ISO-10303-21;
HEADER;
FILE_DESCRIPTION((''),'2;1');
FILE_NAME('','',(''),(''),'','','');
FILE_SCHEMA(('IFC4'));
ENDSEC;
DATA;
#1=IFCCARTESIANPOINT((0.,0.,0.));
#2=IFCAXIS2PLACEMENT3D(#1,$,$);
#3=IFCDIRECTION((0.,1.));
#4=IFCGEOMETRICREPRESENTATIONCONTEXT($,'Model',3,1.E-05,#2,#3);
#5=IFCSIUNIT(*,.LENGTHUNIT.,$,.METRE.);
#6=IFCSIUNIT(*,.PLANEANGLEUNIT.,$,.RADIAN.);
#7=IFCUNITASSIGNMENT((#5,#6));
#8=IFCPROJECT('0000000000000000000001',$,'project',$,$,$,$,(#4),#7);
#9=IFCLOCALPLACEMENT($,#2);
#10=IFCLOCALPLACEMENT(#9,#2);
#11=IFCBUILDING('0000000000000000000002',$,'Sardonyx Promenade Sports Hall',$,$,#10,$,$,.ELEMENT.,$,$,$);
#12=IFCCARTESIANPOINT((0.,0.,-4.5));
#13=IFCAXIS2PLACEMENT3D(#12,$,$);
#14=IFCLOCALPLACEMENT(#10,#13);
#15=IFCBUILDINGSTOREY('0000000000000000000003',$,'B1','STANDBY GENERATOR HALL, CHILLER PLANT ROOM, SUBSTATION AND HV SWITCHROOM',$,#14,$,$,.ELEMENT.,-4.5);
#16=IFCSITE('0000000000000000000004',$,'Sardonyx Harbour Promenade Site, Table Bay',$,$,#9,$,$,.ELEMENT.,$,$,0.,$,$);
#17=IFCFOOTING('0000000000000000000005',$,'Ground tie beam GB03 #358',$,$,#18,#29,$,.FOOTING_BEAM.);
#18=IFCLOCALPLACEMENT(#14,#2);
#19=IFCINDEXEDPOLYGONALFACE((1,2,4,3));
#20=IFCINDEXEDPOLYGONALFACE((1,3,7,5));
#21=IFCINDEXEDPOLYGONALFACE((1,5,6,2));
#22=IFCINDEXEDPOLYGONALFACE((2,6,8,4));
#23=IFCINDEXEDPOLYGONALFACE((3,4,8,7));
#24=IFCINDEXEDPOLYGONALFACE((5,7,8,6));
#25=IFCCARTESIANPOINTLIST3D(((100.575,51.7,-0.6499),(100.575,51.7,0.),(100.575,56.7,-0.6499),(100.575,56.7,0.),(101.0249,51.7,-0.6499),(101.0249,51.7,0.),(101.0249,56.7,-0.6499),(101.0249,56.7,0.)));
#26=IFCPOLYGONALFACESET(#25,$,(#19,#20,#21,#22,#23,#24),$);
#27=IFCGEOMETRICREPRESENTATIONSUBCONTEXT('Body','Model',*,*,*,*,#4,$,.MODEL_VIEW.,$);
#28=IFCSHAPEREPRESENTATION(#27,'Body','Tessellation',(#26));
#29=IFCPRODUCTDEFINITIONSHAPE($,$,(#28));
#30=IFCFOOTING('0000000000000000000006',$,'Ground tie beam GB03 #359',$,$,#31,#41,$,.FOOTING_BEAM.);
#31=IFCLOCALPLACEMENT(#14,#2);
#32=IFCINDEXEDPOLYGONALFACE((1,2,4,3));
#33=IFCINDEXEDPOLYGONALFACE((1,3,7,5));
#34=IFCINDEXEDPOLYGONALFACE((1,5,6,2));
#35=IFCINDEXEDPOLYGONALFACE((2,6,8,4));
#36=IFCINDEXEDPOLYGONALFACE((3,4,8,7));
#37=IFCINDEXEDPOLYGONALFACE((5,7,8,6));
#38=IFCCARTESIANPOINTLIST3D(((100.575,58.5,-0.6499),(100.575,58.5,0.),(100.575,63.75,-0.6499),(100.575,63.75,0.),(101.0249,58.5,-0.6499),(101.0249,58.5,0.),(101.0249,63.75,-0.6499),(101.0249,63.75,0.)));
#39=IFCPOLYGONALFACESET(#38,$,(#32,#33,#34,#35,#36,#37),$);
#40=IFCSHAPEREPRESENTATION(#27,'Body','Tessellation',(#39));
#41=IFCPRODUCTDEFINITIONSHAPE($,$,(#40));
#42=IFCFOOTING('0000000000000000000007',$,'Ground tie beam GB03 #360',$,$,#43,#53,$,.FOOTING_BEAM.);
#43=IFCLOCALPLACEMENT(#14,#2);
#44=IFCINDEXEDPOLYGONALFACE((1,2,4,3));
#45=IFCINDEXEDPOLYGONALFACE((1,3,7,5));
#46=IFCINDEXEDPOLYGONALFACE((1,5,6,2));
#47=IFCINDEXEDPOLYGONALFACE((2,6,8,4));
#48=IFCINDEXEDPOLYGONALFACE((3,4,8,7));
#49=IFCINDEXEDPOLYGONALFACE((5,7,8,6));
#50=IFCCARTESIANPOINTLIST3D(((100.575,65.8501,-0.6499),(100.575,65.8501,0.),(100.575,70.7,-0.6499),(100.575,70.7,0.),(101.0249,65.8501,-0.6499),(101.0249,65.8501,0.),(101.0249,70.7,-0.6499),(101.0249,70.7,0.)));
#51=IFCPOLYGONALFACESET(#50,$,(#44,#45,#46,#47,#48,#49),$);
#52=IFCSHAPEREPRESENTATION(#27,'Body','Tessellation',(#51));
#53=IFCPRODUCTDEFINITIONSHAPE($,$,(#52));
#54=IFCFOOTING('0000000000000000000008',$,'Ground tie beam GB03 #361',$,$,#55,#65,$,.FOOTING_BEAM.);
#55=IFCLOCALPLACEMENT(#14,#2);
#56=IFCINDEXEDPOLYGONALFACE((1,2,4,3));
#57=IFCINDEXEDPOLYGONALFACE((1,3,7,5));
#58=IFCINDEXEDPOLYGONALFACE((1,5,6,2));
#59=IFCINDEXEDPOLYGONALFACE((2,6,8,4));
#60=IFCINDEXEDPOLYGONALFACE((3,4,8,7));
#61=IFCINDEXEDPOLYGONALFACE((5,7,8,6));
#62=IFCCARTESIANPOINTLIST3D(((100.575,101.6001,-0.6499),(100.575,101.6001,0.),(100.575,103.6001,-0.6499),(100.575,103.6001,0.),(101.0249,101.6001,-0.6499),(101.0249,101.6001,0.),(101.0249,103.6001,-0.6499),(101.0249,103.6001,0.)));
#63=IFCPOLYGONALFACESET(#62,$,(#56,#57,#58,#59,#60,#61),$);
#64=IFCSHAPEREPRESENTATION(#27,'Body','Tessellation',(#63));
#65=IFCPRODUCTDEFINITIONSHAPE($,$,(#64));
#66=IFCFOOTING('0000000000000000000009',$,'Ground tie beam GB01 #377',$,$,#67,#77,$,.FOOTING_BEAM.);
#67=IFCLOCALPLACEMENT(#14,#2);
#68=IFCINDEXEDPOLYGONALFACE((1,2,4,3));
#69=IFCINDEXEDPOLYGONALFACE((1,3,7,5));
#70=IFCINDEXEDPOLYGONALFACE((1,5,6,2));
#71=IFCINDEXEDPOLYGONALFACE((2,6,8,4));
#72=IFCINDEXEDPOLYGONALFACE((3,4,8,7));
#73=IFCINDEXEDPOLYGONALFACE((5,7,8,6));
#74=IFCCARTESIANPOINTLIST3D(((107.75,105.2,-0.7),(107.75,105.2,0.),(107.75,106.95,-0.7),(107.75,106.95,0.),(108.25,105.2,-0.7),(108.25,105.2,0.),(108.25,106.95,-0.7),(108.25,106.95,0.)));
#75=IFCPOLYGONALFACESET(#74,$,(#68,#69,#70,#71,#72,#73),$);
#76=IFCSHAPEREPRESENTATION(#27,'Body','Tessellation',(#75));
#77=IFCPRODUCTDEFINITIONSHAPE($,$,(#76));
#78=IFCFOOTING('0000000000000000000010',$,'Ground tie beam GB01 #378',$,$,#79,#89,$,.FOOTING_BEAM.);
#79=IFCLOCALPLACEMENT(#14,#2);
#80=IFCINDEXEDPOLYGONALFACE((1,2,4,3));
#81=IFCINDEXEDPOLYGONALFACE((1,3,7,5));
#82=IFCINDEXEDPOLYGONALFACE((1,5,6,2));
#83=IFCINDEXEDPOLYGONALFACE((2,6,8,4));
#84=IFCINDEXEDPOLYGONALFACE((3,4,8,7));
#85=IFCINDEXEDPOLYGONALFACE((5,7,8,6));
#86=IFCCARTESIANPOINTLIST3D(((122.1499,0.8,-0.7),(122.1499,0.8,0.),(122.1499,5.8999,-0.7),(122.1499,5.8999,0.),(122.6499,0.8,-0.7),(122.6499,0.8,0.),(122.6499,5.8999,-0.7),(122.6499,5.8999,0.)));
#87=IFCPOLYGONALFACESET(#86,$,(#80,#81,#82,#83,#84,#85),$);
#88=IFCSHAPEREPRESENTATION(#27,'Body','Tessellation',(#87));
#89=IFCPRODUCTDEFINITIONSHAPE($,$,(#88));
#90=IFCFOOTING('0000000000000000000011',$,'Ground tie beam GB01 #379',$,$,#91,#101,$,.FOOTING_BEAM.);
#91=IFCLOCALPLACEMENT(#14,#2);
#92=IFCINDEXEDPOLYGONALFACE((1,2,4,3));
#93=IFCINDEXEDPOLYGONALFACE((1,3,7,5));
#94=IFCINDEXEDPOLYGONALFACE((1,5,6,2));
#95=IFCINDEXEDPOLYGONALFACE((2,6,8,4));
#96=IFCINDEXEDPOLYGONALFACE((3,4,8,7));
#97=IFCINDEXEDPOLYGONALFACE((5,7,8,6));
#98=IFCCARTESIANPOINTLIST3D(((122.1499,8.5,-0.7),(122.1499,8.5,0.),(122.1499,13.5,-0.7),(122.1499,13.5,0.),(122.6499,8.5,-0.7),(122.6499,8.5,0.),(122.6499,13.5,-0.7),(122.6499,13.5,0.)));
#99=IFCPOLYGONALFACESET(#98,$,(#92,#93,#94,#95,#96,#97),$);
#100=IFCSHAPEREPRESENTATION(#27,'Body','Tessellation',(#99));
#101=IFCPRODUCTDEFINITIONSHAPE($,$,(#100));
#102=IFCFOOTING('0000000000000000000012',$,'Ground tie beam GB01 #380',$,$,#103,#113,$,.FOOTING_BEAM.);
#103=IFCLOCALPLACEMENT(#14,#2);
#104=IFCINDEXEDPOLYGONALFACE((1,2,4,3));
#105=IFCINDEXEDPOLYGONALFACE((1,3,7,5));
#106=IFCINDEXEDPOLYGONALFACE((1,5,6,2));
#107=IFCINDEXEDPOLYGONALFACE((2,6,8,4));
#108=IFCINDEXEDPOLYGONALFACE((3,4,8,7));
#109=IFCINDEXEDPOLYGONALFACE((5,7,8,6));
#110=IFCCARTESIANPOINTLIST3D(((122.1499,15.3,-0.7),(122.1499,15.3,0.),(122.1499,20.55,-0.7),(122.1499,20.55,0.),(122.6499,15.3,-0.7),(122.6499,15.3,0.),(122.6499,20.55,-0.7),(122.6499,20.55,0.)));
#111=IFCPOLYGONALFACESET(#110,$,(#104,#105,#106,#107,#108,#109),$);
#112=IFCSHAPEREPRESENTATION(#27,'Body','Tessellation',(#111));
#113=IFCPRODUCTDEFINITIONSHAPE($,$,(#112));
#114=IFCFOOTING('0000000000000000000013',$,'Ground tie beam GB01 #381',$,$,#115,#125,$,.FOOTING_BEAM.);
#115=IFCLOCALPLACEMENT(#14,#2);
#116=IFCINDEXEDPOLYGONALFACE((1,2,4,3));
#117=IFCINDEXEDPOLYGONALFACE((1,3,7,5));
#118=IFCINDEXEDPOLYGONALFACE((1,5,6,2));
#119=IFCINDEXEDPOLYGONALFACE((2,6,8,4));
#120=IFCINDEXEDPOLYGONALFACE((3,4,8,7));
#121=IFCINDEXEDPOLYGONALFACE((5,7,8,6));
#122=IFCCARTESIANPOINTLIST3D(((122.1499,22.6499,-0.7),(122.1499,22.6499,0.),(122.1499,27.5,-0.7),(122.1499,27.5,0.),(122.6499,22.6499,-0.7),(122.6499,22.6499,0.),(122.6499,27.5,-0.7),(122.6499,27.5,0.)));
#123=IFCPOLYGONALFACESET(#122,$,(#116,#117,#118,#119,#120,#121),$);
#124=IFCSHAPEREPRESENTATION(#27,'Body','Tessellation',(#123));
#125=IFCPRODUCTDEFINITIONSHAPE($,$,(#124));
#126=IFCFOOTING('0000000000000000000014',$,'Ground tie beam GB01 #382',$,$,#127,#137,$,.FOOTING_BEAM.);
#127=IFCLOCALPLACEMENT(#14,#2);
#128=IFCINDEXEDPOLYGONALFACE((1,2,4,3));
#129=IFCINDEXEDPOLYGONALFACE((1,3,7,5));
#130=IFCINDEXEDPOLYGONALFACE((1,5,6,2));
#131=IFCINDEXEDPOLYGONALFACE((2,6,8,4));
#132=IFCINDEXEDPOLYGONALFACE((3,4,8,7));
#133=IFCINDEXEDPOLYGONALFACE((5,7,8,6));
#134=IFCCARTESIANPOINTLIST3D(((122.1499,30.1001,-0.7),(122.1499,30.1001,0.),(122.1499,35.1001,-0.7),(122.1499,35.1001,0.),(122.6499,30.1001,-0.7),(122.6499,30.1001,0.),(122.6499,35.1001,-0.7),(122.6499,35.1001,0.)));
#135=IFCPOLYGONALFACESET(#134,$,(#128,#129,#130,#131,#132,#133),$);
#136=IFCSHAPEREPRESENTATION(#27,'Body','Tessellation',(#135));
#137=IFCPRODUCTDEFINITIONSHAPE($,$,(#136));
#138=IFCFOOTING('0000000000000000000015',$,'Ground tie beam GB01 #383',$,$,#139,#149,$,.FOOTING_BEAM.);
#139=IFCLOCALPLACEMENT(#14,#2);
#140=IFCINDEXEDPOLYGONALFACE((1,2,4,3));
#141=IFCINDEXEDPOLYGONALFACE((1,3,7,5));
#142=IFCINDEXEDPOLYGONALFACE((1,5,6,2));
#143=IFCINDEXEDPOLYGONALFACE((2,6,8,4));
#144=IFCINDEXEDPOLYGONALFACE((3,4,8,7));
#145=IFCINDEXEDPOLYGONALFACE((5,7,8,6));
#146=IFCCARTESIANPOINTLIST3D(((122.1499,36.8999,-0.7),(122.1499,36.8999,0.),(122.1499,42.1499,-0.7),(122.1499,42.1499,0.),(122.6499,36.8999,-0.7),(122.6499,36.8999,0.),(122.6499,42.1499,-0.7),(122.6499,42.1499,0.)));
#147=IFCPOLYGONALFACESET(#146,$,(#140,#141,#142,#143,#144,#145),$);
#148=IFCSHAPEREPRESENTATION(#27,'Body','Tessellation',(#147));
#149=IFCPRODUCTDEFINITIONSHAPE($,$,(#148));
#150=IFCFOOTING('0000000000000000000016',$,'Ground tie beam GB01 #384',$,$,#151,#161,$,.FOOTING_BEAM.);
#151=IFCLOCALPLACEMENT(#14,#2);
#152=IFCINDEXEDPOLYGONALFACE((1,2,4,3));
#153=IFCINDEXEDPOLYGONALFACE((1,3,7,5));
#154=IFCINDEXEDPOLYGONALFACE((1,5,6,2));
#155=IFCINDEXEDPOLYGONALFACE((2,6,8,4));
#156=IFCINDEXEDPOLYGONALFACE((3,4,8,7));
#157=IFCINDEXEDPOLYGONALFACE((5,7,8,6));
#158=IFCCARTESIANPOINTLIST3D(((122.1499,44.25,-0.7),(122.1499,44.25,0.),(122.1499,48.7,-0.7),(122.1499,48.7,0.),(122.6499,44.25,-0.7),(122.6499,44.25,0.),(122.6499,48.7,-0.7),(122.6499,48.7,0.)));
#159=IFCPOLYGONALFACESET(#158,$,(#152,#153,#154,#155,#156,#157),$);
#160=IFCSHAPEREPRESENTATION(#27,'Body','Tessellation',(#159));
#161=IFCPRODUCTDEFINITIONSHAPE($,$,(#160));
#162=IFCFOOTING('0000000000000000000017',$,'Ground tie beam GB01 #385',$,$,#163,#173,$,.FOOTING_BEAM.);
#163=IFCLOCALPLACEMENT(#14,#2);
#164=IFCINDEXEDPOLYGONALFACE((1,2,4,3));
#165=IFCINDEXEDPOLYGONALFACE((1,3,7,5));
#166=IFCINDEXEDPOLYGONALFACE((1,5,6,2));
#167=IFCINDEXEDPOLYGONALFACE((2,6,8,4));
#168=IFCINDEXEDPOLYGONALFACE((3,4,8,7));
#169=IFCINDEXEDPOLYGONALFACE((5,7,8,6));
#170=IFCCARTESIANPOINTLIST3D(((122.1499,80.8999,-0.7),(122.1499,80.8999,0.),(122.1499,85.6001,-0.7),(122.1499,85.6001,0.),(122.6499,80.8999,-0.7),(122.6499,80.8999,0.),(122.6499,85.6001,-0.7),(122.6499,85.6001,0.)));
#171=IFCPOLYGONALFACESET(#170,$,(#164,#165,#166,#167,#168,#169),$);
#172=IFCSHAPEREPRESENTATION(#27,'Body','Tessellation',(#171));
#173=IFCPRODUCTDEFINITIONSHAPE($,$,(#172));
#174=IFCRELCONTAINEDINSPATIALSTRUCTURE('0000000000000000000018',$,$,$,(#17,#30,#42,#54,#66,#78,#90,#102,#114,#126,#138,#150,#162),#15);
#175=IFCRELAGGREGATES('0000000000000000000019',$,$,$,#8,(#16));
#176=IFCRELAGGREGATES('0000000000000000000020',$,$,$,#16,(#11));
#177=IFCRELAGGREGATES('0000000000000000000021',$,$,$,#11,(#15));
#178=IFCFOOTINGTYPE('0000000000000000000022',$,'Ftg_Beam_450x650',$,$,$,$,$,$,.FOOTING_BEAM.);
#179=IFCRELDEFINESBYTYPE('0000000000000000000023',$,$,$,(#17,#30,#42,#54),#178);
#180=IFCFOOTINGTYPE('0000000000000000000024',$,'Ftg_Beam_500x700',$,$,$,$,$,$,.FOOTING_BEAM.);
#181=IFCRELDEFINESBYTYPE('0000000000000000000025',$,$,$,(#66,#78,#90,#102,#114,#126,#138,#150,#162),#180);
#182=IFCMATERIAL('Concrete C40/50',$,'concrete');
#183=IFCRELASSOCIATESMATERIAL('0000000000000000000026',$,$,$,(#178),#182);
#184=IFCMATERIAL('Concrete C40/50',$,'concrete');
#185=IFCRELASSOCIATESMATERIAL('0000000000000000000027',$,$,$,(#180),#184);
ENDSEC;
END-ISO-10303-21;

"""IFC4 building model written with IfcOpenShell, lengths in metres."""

from ifc_helpers import new_model, si_unit, direction, frame, origin, place, context, subcontext, project, spatial, polyline, outline, extrude, material, type_object, element, save


model = new_model("IFC4")

# Units and contexts
model_context = context("Model", 3, precision=1e-05, world=origin(), true_north=direction((0.0, 1.0)))
body_context = subcontext(model_context, "Body", "Model", "MODEL_VIEW")
ifc_project = project(units=[si_unit("LENGTHUNIT", "METRE"), si_unit("PLANEANGLEUNIT", "RADIAN")], contexts=[model_context])

# Site, building, storey
site_placement = place(None, origin())
site = spatial("IfcSite", under=ifc_project, at=site_placement, Name="Sardonyx Harbour Promenade Site, Table Bay", CompositionType="ELEMENT", RefElevation=0.0)
building_placement = place(site_placement, origin())
building = spatial("IfcBuilding", under=site, at=building_placement, Name="Sardonyx Promenade Sports Hall", CompositionType="ELEMENT")
storey_placement = place(building_placement, frame((0.0, 0.0, -4.5)))
storey = spatial("IfcBuildingStorey", under=building, at=storey_placement, Name="B1", Description="STANDBY GENERATOR HALL, CHILLER PLANT ROOM, SUBSTATION AND HV SWITCHROOM", CompositionType="ELEMENT", Elevation=-4.5)

# Footings
ifc_material_1 = material(Name="Concrete C40/50", Category="concrete")
footing_type_1 = type_object("IfcFootingType", Name="Ftg_Beam_450x650", PredefinedType="FOOTING_BEAM", material=ifc_material_1)
footing_1_placement = place(storey_placement, frame((0.0, 0.0, -0.6499)))
element("IfcFooting", 1, at=footing_1_placement, inside=storey, type_object=footing_type_1, Name="Ground tie beam GB03 #358", PredefinedType="FOOTING_BEAM", context=body_context, shape_type="SweptSolid", body=[
    extrude(outline(polyline([(100.575, 51.7), (101.0249, 51.7), (101.0249, 56.7), (100.575, 56.7), (100.575, 51.7)])), origin(), (0.0, 0.0, 1.0), 0.6499),
])
footing_2_placement = place(storey_placement, frame((0.0, 0.0, -0.6499)))
element("IfcFooting", 2, at=footing_2_placement, inside=storey, type_object=footing_type_1, Name="Ground tie beam GB03 #359", PredefinedType="FOOTING_BEAM", context=body_context, shape_type="SweptSolid", body=[
    extrude(outline(polyline([(100.575, 58.5), (101.0249, 58.5), (101.0249, 63.75), (100.575, 63.75), (100.575, 58.5)])), origin(), (0.0, 0.0, 1.0), 0.6499),
])
footing_3_placement = place(storey_placement, frame((0.0, 0.0, -0.6499)))
element("IfcFooting", 3, at=footing_3_placement, inside=storey, type_object=footing_type_1, Name="Ground tie beam GB03 #360", PredefinedType="FOOTING_BEAM", context=body_context, shape_type="SweptSolid", body=[
    extrude(outline(polyline([(100.575, 65.8501), (101.0249, 65.8501), (101.0249, 70.7), (100.575, 70.7), (100.575, 65.8501)])), origin(), (0.0, 0.0, 1.0), 0.6499),
])
footing_4_placement = place(storey_placement, frame((0.0, 0.0, -0.6499)))
element("IfcFooting", 4, at=footing_4_placement, inside=storey, type_object=footing_type_1, Name="Ground tie beam GB03 #361", PredefinedType="FOOTING_BEAM", context=body_context, shape_type="SweptSolid", body=[
    extrude(outline(polyline([(100.575, 101.6001), (101.0249, 101.6001), (101.0249, 103.6001), (100.575, 103.6001), (100.575, 101.6001)])), origin(), (0.0, 0.0, 1.0), 0.6499),
])
ifc_material_2 = material(Name="Concrete C40/50", Category="concrete")
footing_type_2 = type_object("IfcFootingType", Name="Ftg_Beam_500x700", PredefinedType="FOOTING_BEAM", material=ifc_material_2)
footing_5_placement = place(storey_placement, frame((0.0, 0.0, -0.7)))
element("IfcFooting", 5, at=footing_5_placement, inside=storey, type_object=footing_type_2, Name="Ground tie beam GB01 #377", PredefinedType="FOOTING_BEAM", context=body_context, shape_type="SweptSolid", body=[
    extrude(outline(polyline([(107.75, 105.2), (108.25, 105.2), (108.25, 106.95), (107.75, 106.95), (107.75, 105.2)])), origin(), (0.0, 0.0, 1.0), 0.7),
])
footing_6_placement = place(storey_placement, frame((0.0, 0.0, -0.7)))
element("IfcFooting", 6, at=footing_6_placement, inside=storey, type_object=footing_type_2, Name="Ground tie beam GB01 #378", PredefinedType="FOOTING_BEAM", context=body_context, shape_type="SweptSolid", body=[
    extrude(outline(polyline([(122.1499, 0.8), (122.6499, 0.8), (122.6499, 5.8999), (122.1499, 5.8999), (122.1499, 0.8)])), origin(), (0.0, 0.0, 1.0), 0.7),
])
footing_7_placement = place(storey_placement, frame((0.0, 0.0, -0.7)))
element("IfcFooting", 7, at=footing_7_placement, inside=storey, type_object=footing_type_2, Name="Ground tie beam GB01 #379", PredefinedType="FOOTING_BEAM", context=body_context, shape_type="SweptSolid", body=[
    extrude(outline(polyline([(122.1499, 8.5), (122.6499, 8.5), (122.6499, 13.5), (122.1499, 13.5), (122.1499, 8.5)])), origin(), (0.0, 0.0, 1.0), 0.7),
])
footing_8_placement = place(storey_placement, frame((0.0, 0.0, -0.7)))
element("IfcFooting", 8, at=footing_8_placement, inside=storey, type_object=footing_type_2, Name="Ground tie beam GB01 #380", PredefinedType="FOOTING_BEAM", context=body_context, shape_type="SweptSolid", body=[
    extrude(outline(polyline([(122.1499, 15.3), (122.6499, 15.3), (122.6499, 20.55), (122.1499, 20.55), (122.1499, 15.3)])), origin(), (0.0, 0.0, 1.0), 0.7),
])
footing_9_placement = place(storey_placement, frame((0.0, 0.0, -0.7)))
element("IfcFooting", 9, at=footing_9_placement, inside=storey, type_object=footing_type_2, Name="Ground tie beam GB01 #381", PredefinedType="FOOTING_BEAM", context=body_context, shape_type="SweptSolid", body=[
    extrude(outline(polyline([(122.1499, 22.6499), (122.6499, 22.6499), (122.6499, 27.5), (122.1499, 27.5), (122.1499, 22.6499)])), origin(), (0.0, 0.0, 1.0), 0.7),
])
footing_10_placement = place(storey_placement, frame((0.0, 0.0, -0.7)))
element("IfcFooting", 10, at=footing_10_placement, inside=storey, type_object=footing_type_2, Name="Ground tie beam GB01 #382", PredefinedType="FOOTING_BEAM", context=body_context, shape_type="SweptSolid", body=[
    extrude(outline(polyline([(122.1499, 30.1001), (122.6499, 30.1001), (122.6499, 35.1001), (122.1499, 35.1001), (122.1499, 30.1001)])), origin(), (0.0, 0.0, 1.0), 0.7),
])
footing_11_placement = place(storey_placement, frame((0.0, 0.0, -0.7)))
element("IfcFooting", 11, at=footing_11_placement, inside=storey, type_object=footing_type_2, Name="Ground tie beam GB01 #383", PredefinedType="FOOTING_BEAM", context=body_context, shape_type="SweptSolid", body=[
    extrude(outline(polyline([(122.1499, 36.8999), (122.6499, 36.8999), (122.6499, 42.1499), (122.1499, 42.1499), (122.1499, 36.8999)])), origin(), (0.0, 0.0, 1.0), 0.7),
])
footing_12_placement = place(storey_placement, frame((0.0, 0.0, -0.7)))
element("IfcFooting", 12, at=footing_12_placement, inside=storey, type_object=footing_type_2, Name="Ground tie beam GB01 #384", PredefinedType="FOOTING_BEAM", context=body_context, shape_type="SweptSolid", body=[
    extrude(outline(polyline([(122.1499, 44.25), (122.6499, 44.25), (122.6499, 48.7), (122.1499, 48.7), (122.1499, 44.25)])), origin(), (0.0, 0.0, 1.0), 0.7),
])
footing_13_placement = place(storey_placement, frame((0.0, 0.0, -0.7)))
element("IfcFooting", 13, at=footing_13_placement, inside=storey, type_object=footing_type_2, Name="Ground tie beam GB01 #385", PredefinedType="FOOTING_BEAM", context=body_context, shape_type="SweptSolid", body=[
    extrude(outline(polyline([(122.1499, 80.8999), (122.6499, 80.8999), (122.6499, 85.6001), (122.1499, 85.6001), (122.1499, 80.8999)])), origin(), (0.0, 0.0, 1.0), 0.7),
])

save(model, "model.ifc")
